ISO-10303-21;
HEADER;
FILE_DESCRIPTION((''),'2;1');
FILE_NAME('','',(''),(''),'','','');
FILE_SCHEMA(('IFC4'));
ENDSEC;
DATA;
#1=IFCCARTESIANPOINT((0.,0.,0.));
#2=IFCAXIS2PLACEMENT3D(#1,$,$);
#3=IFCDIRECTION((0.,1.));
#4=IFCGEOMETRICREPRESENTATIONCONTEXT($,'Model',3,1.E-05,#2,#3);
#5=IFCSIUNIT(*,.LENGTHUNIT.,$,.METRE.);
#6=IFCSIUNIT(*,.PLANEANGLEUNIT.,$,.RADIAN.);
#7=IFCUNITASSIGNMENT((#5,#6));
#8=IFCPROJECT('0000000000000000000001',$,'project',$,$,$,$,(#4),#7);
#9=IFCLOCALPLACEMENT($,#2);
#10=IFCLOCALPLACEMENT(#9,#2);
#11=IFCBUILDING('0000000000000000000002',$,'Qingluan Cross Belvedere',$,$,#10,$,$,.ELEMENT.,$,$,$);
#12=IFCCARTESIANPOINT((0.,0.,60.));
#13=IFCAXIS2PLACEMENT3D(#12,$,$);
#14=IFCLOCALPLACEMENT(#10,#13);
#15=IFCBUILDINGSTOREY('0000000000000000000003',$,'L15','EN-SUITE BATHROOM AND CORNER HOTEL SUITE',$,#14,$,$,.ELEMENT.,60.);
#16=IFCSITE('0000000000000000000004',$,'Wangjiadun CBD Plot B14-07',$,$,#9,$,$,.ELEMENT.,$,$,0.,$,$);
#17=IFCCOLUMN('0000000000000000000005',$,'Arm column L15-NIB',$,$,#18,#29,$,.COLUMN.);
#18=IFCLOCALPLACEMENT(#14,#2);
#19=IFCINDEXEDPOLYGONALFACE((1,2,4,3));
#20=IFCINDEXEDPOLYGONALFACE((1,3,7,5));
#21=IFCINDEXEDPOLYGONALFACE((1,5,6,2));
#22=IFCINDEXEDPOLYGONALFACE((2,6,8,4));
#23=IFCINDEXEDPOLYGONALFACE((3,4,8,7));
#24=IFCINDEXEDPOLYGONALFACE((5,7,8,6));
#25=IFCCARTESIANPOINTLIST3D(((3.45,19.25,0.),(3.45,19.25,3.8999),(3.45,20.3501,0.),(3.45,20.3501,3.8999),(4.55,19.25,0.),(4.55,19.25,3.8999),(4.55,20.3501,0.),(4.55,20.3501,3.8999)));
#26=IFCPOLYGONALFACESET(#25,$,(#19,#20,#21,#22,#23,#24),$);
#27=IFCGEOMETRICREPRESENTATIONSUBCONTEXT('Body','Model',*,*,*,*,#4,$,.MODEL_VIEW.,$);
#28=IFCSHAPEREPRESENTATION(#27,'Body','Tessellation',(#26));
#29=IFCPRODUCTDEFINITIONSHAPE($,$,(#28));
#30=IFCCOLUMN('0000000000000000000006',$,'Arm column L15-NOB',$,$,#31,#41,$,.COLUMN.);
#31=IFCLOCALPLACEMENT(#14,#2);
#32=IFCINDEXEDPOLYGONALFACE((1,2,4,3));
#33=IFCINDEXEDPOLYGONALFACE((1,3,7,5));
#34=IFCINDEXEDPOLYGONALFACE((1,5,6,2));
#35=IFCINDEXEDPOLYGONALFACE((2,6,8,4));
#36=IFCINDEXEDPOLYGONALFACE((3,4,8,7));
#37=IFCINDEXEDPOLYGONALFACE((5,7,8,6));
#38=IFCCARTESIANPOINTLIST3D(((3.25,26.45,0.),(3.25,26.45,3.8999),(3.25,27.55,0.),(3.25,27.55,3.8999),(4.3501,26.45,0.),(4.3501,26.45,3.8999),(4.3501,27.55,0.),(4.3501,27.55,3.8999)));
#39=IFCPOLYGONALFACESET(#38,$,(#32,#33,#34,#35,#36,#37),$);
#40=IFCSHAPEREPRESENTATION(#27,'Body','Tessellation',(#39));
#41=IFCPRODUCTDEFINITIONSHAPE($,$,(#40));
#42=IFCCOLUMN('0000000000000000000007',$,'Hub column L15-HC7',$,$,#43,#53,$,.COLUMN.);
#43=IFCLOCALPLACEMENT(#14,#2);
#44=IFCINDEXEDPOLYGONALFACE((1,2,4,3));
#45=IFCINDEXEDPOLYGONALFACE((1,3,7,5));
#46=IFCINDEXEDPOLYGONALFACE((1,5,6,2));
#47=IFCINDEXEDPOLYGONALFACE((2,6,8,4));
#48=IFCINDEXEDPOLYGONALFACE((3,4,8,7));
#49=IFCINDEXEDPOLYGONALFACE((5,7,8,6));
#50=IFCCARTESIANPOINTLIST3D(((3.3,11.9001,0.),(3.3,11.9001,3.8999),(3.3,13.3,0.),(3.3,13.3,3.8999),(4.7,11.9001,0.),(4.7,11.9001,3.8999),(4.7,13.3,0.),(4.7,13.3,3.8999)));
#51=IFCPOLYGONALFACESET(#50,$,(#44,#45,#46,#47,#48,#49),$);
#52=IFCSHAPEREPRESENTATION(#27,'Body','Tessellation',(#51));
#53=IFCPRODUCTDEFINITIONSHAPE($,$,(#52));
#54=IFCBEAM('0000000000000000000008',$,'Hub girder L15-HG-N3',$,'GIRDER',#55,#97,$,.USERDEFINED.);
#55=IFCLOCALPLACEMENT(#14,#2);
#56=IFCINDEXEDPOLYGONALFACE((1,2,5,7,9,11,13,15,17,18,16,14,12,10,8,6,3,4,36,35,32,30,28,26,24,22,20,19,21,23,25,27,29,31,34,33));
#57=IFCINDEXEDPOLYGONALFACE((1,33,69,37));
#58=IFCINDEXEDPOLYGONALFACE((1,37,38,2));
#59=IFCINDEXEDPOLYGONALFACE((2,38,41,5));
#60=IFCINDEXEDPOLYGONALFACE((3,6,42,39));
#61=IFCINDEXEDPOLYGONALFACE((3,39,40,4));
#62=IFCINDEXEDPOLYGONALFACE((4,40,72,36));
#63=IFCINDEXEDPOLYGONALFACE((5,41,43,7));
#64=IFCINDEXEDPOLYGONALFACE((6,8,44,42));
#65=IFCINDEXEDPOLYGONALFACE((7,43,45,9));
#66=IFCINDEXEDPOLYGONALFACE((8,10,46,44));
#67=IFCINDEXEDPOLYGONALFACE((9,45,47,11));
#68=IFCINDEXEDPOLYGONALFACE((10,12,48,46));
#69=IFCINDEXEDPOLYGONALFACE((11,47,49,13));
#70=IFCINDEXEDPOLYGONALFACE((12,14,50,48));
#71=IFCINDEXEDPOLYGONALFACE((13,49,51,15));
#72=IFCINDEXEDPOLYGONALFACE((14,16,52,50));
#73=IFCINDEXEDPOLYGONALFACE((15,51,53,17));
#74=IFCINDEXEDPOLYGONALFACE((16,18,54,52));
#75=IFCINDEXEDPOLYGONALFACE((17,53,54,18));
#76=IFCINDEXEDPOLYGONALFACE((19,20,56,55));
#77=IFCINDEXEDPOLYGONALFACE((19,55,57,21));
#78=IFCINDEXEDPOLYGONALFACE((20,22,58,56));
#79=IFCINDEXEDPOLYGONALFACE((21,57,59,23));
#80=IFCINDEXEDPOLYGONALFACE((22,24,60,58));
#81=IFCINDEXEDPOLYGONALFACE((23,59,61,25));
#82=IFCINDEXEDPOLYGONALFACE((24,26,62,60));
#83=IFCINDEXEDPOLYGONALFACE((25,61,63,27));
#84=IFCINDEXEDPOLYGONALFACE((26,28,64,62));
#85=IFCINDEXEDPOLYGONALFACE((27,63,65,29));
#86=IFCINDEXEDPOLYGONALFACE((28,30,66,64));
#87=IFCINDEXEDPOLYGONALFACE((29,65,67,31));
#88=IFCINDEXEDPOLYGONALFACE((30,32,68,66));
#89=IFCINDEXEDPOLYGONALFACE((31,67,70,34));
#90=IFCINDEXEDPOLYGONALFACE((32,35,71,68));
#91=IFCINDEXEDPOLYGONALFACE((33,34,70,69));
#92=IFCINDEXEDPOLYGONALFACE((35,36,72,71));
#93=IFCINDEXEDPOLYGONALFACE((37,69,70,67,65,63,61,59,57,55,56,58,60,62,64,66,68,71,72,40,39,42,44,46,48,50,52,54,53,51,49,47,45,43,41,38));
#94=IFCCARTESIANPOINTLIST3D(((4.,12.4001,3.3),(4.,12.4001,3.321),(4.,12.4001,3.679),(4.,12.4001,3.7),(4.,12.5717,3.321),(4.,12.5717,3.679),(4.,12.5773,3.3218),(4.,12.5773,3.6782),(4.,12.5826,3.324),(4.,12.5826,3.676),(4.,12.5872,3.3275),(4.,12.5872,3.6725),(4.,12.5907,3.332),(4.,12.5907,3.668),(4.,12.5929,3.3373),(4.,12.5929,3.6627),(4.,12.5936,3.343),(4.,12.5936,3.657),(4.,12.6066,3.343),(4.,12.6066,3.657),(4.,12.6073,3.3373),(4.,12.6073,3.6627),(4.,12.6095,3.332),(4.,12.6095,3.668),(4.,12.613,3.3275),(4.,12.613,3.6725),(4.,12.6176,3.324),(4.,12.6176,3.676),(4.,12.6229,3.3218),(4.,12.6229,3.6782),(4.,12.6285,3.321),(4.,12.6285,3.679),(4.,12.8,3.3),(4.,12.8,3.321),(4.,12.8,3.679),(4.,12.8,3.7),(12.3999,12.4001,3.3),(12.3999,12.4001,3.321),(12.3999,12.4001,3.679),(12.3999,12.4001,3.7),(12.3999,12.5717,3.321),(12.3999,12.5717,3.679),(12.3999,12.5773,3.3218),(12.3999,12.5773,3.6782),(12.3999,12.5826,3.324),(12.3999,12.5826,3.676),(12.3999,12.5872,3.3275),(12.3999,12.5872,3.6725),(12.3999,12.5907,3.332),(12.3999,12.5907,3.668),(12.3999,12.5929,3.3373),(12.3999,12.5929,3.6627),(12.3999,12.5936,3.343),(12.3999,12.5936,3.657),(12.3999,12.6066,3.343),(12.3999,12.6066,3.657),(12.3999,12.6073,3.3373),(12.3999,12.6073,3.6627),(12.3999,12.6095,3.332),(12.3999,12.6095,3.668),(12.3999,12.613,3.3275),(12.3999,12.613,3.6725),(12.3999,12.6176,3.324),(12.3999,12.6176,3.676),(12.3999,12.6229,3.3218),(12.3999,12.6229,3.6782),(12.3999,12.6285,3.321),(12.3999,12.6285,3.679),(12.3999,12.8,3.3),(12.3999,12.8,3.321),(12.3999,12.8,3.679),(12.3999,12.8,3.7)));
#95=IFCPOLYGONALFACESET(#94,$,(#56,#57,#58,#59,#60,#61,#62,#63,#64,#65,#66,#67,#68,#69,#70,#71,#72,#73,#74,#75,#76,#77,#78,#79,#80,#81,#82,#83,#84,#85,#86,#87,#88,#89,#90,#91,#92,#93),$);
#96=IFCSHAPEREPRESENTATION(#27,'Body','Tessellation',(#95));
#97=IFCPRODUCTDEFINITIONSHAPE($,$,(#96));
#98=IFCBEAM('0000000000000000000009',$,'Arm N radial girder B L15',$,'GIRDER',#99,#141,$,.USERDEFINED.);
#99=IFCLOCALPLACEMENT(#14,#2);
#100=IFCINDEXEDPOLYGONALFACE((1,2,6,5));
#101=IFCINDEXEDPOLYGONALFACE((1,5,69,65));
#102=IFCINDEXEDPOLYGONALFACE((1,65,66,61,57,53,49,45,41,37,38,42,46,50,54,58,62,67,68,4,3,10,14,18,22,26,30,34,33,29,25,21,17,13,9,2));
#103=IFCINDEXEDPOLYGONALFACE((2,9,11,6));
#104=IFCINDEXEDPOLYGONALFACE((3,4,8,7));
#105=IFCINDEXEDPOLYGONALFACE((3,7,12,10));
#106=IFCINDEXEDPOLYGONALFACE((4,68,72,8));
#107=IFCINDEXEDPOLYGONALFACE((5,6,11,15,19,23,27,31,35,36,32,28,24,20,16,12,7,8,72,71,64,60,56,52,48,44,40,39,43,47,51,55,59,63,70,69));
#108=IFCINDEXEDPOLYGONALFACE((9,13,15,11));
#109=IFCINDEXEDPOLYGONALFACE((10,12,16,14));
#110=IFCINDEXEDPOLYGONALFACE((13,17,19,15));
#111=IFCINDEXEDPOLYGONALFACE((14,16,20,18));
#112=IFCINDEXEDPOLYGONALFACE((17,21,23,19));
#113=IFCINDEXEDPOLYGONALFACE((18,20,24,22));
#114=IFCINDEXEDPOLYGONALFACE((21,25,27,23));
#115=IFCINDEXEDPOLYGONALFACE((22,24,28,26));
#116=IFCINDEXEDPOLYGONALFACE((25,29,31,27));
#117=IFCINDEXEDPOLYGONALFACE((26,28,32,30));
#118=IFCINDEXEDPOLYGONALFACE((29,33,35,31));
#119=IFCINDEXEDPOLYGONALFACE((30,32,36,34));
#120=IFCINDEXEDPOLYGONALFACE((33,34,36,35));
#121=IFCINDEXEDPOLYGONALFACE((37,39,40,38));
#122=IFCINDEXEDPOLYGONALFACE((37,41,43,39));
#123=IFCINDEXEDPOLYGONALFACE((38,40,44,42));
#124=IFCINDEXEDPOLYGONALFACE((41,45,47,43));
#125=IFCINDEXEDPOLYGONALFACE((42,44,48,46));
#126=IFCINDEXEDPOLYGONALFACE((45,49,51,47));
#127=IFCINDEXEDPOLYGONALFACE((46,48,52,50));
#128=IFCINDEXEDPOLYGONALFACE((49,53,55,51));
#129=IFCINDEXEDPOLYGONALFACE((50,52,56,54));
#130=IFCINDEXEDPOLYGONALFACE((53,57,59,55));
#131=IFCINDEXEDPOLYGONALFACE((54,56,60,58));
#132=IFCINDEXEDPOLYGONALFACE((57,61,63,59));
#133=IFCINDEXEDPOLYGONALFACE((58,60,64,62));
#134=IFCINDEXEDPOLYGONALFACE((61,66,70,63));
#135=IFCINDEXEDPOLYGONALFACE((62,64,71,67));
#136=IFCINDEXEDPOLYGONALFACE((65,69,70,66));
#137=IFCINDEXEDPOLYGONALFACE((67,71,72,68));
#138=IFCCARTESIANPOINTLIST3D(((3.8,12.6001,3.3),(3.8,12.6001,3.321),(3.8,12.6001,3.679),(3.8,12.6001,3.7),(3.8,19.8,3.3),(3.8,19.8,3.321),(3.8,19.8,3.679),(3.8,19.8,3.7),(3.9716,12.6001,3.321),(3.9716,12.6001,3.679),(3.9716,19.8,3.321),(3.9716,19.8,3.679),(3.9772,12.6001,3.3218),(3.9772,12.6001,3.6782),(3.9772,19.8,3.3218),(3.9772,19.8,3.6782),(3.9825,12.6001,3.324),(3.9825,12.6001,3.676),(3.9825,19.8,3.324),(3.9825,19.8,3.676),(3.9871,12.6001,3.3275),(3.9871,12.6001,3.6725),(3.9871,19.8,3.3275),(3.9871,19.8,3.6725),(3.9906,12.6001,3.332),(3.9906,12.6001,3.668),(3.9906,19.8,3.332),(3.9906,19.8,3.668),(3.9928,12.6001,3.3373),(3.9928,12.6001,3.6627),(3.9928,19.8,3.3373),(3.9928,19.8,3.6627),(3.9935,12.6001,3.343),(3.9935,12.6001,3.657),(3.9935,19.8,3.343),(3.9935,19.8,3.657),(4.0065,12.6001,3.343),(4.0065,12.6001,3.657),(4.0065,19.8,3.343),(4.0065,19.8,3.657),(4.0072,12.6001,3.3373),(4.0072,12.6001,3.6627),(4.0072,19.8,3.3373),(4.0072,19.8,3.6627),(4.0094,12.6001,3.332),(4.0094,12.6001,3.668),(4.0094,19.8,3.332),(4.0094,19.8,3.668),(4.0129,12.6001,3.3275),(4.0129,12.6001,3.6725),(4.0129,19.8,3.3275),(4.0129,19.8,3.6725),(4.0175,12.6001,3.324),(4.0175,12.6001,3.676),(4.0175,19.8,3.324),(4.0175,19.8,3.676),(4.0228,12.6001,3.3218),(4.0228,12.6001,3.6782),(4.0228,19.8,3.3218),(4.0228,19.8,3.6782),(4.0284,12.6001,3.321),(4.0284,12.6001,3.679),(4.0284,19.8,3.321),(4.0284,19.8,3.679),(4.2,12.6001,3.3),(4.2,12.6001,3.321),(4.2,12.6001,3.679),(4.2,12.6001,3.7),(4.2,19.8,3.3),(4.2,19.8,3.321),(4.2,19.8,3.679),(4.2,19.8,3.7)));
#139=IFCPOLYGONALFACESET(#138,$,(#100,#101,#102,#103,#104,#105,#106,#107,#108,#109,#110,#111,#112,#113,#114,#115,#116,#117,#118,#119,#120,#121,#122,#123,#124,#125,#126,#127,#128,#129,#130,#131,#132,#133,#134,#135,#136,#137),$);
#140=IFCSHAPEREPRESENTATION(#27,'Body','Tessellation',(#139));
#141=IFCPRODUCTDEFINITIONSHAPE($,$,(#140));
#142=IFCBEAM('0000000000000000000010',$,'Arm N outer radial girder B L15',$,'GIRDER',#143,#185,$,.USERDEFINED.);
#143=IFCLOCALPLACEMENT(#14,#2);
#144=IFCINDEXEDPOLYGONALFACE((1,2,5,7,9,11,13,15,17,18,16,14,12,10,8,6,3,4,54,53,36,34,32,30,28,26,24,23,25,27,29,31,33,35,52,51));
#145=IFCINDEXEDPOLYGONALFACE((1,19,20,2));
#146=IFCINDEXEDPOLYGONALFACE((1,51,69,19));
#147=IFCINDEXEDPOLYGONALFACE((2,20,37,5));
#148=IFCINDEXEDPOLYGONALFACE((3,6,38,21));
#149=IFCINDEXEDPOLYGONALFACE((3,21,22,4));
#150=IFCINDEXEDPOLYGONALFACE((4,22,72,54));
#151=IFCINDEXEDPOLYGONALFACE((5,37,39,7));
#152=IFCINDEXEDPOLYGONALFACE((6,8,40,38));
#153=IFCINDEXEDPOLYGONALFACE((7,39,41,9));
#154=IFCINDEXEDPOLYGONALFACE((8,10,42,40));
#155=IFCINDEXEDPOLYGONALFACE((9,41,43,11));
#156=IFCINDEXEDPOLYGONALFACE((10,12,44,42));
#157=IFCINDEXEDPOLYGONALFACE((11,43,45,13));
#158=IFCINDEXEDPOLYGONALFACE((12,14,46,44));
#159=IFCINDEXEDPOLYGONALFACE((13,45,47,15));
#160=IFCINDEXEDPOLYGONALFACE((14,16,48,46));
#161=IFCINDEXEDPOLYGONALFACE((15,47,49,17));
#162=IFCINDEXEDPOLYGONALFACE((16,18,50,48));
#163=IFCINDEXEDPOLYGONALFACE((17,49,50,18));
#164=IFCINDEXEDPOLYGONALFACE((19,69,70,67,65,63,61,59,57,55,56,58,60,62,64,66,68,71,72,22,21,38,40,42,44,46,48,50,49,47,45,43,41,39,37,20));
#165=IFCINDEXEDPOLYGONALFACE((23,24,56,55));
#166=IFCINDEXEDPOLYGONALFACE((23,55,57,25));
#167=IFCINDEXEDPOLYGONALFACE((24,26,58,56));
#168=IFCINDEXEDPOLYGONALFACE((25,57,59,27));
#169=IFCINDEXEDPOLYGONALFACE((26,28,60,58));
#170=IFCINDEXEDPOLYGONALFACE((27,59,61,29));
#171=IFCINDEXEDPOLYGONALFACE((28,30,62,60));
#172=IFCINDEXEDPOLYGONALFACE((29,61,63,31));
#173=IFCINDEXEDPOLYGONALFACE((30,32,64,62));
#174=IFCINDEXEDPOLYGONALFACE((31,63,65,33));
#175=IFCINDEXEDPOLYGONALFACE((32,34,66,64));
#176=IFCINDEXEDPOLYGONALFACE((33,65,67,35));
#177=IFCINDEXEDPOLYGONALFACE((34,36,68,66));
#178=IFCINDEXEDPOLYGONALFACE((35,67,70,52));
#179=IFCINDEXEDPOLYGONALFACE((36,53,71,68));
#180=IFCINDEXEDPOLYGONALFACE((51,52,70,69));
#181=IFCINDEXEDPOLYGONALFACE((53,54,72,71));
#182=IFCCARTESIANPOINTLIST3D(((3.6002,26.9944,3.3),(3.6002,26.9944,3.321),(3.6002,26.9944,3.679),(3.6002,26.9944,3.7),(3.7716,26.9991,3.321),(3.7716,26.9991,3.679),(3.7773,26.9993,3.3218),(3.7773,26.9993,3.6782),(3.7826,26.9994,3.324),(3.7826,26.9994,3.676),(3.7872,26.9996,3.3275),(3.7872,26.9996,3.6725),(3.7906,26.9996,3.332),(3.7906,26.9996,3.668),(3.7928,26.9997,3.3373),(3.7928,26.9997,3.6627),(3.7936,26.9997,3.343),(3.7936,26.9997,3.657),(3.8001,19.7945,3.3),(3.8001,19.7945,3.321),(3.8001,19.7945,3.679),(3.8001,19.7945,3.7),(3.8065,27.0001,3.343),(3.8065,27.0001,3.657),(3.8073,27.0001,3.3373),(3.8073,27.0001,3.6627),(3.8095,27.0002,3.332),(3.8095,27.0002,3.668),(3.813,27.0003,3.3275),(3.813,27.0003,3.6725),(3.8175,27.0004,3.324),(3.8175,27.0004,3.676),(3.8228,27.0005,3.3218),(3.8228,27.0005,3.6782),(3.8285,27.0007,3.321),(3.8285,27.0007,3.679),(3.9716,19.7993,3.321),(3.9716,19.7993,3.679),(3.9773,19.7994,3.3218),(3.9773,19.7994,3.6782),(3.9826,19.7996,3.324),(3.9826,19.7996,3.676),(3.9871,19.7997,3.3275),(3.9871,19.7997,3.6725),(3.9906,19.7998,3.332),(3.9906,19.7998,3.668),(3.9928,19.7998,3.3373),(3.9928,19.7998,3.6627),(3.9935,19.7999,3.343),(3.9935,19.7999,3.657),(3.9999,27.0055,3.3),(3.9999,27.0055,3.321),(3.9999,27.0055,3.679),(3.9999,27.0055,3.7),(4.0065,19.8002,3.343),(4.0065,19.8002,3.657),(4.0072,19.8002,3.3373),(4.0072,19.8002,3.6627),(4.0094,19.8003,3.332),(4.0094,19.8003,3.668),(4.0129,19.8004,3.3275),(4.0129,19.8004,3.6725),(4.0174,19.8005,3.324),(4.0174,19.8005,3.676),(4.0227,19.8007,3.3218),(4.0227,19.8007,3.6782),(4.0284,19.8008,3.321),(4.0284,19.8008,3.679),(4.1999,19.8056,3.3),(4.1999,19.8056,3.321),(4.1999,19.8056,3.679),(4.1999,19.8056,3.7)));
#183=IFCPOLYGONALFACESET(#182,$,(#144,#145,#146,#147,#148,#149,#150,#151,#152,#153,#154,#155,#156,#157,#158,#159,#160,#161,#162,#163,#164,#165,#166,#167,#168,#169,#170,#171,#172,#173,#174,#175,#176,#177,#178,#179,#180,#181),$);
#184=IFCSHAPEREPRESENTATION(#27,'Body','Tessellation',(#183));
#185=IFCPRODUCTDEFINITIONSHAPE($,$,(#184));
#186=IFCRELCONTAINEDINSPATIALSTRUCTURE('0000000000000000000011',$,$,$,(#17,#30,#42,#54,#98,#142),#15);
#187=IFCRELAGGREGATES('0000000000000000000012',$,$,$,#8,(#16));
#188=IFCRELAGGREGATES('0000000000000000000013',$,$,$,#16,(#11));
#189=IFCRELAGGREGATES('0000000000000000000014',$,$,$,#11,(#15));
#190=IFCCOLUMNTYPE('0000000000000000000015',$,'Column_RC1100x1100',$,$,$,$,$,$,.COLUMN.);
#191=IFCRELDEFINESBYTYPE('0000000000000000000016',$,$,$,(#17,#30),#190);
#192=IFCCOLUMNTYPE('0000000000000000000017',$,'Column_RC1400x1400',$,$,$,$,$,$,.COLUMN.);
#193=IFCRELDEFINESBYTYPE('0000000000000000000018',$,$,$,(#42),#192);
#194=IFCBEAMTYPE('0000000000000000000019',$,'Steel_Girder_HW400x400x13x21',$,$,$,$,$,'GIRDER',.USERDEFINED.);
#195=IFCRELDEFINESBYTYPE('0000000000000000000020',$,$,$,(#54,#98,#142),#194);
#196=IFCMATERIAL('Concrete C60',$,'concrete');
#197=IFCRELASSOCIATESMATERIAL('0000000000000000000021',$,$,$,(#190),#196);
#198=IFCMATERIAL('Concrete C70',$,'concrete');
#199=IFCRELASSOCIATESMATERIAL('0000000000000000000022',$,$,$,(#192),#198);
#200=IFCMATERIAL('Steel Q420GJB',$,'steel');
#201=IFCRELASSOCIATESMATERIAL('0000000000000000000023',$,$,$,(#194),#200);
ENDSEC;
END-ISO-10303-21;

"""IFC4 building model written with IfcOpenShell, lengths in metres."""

from ifc_helpers import new_model, si_unit, direction, frame, origin, origin_2d, place, context, subcontext, project, spatial, rectangle, i_section, extrude, material, material_profile, profile_set, type_object, element, save


model = new_model("IFC4")

# Units and contexts
model_context = context("Model", 3, precision=1e-05, world=origin(), true_north=direction((0.0, 1.0)))
body_context = subcontext(model_context, "Body", "Model", "MODEL_VIEW")
ifc_project = project(units=[si_unit("LENGTHUNIT", "METRE"), si_unit("PLANEANGLEUNIT", "RADIAN")], contexts=[model_context])

# Site, building, storey
site_placement = place(None, origin())
site = spatial("IfcSite", under=ifc_project, at=site_placement, Name="Wangjiadun CBD Plot B14-07", CompositionType="ELEMENT", RefElevation=0.0)
building_placement = place(site_placement, origin())
building = spatial("IfcBuilding", under=site, at=building_placement, Name="Qingluan Cross Belvedere", CompositionType="ELEMENT")
storey_placement = place(building_placement, frame((0.0, 0.0, 60.0)))
storey = spatial("IfcBuildingStorey", under=building, at=storey_placement, Name="L15", Description="EN-SUITE BATHROOM AND CORNER HOTEL SUITE", CompositionType="ELEMENT", Elevation=60.0)

# Columns
ifc_material_1 = material(Name="Concrete C60", Category="concrete")
ifc_material_profile_1 = material_profile(ifc_material_1, rectangle(XDim=1.1001, YDim=1.1001, at=origin_2d()), Name="RC1100x1100")
ifc_profile_set_1 = profile_set([ifc_material_profile_1], Name="Concrete C60")
column_type_1 = type_object("IfcColumnType", Name="Column_RC1100x1100", PredefinedType="COLUMN", material=ifc_profile_set_1)
for number, where, z_axis, x_axis, name in (
    (1, (4.0, 19.8, 0.0), (0.0, 0.0, 1.0), (1.0, 0.0, 0.0), "Arm column L15-NIB"),
    (2, (3.8, 27.0, 0.0), (0.0, 0.0, 1.0), (1.0, 0.0, 0.0), "Arm column L15-NOB"),
):
    element("IfcColumn", number, at=place(storey_placement, frame(where, z_axis=z_axis, x_axis=x_axis)), inside=storey, type_object=column_type_1, Name=name, PredefinedType="COLUMN", context=body_context, shape_type="SweptSolid", body=[
        extrude(rectangle(XDim=1.1001, YDim=1.1001, at=origin_2d()), origin(), (0.0, 0.0, 1.0), 3.8999),
    ])
ifc_material_2 = material(Name="Concrete C70", Category="concrete")
ifc_material_profile_2 = material_profile(ifc_material_2, rectangle(XDim=1.3999, YDim=1.3999, at=origin_2d()), Name="RC1400x1400")
ifc_profile_set_2 = profile_set([ifc_material_profile_2], Name="Concrete C70")
column_type_2 = type_object("IfcColumnType", Name="Column_RC1400x1400", PredefinedType="COLUMN", material=ifc_profile_set_2)
column_placement = place(storey_placement, frame((4.0, 12.6001, 0.0), z_axis=(0.0, 0.0, 1.0), x_axis=(1.0, 0.0, 0.0)))
element("IfcColumn", 3, at=column_placement, inside=storey, type_object=column_type_2, Name="Hub column L15-HC7", PredefinedType="COLUMN", context=body_context, shape_type="SweptSolid", body=[
    extrude(rectangle(XDim=1.3999, YDim=1.3999, at=origin_2d()), origin(), (0.0, 0.0, 1.0), 3.8999),
])

# Beams
ifc_material_3 = material(Name="Steel Q420GJB", Category="steel")
ifc_material_profile_3 = material_profile(ifc_material_3, i_section(OverallWidth=0.3999, OverallDepth=0.3999, WebThickness=0.0129, FlangeThickness=0.021, FilletRadius=0.022, at=origin_2d()), Name="HW400x400x13x21")
ifc_profile_set_3 = profile_set([ifc_material_profile_3], Name="Steel Q420GJB")
beam_type = type_object("IfcBeamType", Name="Steel_Girder_HW400x400x13x21", ElementType="GIRDER", PredefinedType="USERDEFINED", material=ifc_profile_set_3)
beam_1_placement = place(storey_placement, frame((4.0, 12.6001, 3.5), z_axis=(1.0, 0.0, 0.0), x_axis=(0.0, 1.0, 0.0)))
element("IfcBeam", 4, at=beam_1_placement, inside=storey, type_object=beam_type, Name="Hub girder L15-HG-N3", ObjectType="GIRDER", PredefinedType="USERDEFINED", context=body_context, shape_type="SweptSolid", body=[
    extrude(i_section(OverallWidth=0.3999, OverallDepth=0.3999, WebThickness=0.0129, FlangeThickness=0.021, FilletRadius=0.022, at=origin_2d()), origin(), (0.0, 0.0, 1.0), 8.3999),
])
beam_2_placement = place(storey_placement, frame((4.0, 12.6001, 3.5), z_axis=(0.0, 1.0, 0.0), x_axis=(-1.0, 0.0, 0.0)))
element("IfcBeam", 5, at=beam_2_placement, inside=storey, type_object=beam_type, Name="Arm N radial girder B L15", ObjectType="GIRDER", PredefinedType="USERDEFINED", context=body_context, shape_type="SweptSolid", body=[
    extrude(i_section(OverallWidth=0.3999, OverallDepth=0.3999, WebThickness=0.0129, FlangeThickness=0.021, FilletRadius=0.022, at=origin_2d()), origin(), (0.0, 0.0, 1.0), 7.2),
])
beam_3_placement = place(storey_placement, frame((4.0, 19.8, 3.5), z_axis=(-0.02776, 0.999615, 0.0), x_axis=(-0.999615, -0.02776, 0.0)))
element("IfcBeam", 6, at=beam_3_placement, inside=storey, type_object=beam_type, Name="Arm N outer radial girder B L15", ObjectType="GIRDER", PredefinedType="USERDEFINED", context=body_context, shape_type="SweptSolid", body=[
    extrude(i_section(OverallWidth=0.3999, OverallDepth=0.3999, WebThickness=0.0129, FlangeThickness=0.021, FilletRadius=0.022, at=origin_2d()), origin(), (0.0, 0.0, 1.0), 7.2026),
])

save(model, "model.ifc")
